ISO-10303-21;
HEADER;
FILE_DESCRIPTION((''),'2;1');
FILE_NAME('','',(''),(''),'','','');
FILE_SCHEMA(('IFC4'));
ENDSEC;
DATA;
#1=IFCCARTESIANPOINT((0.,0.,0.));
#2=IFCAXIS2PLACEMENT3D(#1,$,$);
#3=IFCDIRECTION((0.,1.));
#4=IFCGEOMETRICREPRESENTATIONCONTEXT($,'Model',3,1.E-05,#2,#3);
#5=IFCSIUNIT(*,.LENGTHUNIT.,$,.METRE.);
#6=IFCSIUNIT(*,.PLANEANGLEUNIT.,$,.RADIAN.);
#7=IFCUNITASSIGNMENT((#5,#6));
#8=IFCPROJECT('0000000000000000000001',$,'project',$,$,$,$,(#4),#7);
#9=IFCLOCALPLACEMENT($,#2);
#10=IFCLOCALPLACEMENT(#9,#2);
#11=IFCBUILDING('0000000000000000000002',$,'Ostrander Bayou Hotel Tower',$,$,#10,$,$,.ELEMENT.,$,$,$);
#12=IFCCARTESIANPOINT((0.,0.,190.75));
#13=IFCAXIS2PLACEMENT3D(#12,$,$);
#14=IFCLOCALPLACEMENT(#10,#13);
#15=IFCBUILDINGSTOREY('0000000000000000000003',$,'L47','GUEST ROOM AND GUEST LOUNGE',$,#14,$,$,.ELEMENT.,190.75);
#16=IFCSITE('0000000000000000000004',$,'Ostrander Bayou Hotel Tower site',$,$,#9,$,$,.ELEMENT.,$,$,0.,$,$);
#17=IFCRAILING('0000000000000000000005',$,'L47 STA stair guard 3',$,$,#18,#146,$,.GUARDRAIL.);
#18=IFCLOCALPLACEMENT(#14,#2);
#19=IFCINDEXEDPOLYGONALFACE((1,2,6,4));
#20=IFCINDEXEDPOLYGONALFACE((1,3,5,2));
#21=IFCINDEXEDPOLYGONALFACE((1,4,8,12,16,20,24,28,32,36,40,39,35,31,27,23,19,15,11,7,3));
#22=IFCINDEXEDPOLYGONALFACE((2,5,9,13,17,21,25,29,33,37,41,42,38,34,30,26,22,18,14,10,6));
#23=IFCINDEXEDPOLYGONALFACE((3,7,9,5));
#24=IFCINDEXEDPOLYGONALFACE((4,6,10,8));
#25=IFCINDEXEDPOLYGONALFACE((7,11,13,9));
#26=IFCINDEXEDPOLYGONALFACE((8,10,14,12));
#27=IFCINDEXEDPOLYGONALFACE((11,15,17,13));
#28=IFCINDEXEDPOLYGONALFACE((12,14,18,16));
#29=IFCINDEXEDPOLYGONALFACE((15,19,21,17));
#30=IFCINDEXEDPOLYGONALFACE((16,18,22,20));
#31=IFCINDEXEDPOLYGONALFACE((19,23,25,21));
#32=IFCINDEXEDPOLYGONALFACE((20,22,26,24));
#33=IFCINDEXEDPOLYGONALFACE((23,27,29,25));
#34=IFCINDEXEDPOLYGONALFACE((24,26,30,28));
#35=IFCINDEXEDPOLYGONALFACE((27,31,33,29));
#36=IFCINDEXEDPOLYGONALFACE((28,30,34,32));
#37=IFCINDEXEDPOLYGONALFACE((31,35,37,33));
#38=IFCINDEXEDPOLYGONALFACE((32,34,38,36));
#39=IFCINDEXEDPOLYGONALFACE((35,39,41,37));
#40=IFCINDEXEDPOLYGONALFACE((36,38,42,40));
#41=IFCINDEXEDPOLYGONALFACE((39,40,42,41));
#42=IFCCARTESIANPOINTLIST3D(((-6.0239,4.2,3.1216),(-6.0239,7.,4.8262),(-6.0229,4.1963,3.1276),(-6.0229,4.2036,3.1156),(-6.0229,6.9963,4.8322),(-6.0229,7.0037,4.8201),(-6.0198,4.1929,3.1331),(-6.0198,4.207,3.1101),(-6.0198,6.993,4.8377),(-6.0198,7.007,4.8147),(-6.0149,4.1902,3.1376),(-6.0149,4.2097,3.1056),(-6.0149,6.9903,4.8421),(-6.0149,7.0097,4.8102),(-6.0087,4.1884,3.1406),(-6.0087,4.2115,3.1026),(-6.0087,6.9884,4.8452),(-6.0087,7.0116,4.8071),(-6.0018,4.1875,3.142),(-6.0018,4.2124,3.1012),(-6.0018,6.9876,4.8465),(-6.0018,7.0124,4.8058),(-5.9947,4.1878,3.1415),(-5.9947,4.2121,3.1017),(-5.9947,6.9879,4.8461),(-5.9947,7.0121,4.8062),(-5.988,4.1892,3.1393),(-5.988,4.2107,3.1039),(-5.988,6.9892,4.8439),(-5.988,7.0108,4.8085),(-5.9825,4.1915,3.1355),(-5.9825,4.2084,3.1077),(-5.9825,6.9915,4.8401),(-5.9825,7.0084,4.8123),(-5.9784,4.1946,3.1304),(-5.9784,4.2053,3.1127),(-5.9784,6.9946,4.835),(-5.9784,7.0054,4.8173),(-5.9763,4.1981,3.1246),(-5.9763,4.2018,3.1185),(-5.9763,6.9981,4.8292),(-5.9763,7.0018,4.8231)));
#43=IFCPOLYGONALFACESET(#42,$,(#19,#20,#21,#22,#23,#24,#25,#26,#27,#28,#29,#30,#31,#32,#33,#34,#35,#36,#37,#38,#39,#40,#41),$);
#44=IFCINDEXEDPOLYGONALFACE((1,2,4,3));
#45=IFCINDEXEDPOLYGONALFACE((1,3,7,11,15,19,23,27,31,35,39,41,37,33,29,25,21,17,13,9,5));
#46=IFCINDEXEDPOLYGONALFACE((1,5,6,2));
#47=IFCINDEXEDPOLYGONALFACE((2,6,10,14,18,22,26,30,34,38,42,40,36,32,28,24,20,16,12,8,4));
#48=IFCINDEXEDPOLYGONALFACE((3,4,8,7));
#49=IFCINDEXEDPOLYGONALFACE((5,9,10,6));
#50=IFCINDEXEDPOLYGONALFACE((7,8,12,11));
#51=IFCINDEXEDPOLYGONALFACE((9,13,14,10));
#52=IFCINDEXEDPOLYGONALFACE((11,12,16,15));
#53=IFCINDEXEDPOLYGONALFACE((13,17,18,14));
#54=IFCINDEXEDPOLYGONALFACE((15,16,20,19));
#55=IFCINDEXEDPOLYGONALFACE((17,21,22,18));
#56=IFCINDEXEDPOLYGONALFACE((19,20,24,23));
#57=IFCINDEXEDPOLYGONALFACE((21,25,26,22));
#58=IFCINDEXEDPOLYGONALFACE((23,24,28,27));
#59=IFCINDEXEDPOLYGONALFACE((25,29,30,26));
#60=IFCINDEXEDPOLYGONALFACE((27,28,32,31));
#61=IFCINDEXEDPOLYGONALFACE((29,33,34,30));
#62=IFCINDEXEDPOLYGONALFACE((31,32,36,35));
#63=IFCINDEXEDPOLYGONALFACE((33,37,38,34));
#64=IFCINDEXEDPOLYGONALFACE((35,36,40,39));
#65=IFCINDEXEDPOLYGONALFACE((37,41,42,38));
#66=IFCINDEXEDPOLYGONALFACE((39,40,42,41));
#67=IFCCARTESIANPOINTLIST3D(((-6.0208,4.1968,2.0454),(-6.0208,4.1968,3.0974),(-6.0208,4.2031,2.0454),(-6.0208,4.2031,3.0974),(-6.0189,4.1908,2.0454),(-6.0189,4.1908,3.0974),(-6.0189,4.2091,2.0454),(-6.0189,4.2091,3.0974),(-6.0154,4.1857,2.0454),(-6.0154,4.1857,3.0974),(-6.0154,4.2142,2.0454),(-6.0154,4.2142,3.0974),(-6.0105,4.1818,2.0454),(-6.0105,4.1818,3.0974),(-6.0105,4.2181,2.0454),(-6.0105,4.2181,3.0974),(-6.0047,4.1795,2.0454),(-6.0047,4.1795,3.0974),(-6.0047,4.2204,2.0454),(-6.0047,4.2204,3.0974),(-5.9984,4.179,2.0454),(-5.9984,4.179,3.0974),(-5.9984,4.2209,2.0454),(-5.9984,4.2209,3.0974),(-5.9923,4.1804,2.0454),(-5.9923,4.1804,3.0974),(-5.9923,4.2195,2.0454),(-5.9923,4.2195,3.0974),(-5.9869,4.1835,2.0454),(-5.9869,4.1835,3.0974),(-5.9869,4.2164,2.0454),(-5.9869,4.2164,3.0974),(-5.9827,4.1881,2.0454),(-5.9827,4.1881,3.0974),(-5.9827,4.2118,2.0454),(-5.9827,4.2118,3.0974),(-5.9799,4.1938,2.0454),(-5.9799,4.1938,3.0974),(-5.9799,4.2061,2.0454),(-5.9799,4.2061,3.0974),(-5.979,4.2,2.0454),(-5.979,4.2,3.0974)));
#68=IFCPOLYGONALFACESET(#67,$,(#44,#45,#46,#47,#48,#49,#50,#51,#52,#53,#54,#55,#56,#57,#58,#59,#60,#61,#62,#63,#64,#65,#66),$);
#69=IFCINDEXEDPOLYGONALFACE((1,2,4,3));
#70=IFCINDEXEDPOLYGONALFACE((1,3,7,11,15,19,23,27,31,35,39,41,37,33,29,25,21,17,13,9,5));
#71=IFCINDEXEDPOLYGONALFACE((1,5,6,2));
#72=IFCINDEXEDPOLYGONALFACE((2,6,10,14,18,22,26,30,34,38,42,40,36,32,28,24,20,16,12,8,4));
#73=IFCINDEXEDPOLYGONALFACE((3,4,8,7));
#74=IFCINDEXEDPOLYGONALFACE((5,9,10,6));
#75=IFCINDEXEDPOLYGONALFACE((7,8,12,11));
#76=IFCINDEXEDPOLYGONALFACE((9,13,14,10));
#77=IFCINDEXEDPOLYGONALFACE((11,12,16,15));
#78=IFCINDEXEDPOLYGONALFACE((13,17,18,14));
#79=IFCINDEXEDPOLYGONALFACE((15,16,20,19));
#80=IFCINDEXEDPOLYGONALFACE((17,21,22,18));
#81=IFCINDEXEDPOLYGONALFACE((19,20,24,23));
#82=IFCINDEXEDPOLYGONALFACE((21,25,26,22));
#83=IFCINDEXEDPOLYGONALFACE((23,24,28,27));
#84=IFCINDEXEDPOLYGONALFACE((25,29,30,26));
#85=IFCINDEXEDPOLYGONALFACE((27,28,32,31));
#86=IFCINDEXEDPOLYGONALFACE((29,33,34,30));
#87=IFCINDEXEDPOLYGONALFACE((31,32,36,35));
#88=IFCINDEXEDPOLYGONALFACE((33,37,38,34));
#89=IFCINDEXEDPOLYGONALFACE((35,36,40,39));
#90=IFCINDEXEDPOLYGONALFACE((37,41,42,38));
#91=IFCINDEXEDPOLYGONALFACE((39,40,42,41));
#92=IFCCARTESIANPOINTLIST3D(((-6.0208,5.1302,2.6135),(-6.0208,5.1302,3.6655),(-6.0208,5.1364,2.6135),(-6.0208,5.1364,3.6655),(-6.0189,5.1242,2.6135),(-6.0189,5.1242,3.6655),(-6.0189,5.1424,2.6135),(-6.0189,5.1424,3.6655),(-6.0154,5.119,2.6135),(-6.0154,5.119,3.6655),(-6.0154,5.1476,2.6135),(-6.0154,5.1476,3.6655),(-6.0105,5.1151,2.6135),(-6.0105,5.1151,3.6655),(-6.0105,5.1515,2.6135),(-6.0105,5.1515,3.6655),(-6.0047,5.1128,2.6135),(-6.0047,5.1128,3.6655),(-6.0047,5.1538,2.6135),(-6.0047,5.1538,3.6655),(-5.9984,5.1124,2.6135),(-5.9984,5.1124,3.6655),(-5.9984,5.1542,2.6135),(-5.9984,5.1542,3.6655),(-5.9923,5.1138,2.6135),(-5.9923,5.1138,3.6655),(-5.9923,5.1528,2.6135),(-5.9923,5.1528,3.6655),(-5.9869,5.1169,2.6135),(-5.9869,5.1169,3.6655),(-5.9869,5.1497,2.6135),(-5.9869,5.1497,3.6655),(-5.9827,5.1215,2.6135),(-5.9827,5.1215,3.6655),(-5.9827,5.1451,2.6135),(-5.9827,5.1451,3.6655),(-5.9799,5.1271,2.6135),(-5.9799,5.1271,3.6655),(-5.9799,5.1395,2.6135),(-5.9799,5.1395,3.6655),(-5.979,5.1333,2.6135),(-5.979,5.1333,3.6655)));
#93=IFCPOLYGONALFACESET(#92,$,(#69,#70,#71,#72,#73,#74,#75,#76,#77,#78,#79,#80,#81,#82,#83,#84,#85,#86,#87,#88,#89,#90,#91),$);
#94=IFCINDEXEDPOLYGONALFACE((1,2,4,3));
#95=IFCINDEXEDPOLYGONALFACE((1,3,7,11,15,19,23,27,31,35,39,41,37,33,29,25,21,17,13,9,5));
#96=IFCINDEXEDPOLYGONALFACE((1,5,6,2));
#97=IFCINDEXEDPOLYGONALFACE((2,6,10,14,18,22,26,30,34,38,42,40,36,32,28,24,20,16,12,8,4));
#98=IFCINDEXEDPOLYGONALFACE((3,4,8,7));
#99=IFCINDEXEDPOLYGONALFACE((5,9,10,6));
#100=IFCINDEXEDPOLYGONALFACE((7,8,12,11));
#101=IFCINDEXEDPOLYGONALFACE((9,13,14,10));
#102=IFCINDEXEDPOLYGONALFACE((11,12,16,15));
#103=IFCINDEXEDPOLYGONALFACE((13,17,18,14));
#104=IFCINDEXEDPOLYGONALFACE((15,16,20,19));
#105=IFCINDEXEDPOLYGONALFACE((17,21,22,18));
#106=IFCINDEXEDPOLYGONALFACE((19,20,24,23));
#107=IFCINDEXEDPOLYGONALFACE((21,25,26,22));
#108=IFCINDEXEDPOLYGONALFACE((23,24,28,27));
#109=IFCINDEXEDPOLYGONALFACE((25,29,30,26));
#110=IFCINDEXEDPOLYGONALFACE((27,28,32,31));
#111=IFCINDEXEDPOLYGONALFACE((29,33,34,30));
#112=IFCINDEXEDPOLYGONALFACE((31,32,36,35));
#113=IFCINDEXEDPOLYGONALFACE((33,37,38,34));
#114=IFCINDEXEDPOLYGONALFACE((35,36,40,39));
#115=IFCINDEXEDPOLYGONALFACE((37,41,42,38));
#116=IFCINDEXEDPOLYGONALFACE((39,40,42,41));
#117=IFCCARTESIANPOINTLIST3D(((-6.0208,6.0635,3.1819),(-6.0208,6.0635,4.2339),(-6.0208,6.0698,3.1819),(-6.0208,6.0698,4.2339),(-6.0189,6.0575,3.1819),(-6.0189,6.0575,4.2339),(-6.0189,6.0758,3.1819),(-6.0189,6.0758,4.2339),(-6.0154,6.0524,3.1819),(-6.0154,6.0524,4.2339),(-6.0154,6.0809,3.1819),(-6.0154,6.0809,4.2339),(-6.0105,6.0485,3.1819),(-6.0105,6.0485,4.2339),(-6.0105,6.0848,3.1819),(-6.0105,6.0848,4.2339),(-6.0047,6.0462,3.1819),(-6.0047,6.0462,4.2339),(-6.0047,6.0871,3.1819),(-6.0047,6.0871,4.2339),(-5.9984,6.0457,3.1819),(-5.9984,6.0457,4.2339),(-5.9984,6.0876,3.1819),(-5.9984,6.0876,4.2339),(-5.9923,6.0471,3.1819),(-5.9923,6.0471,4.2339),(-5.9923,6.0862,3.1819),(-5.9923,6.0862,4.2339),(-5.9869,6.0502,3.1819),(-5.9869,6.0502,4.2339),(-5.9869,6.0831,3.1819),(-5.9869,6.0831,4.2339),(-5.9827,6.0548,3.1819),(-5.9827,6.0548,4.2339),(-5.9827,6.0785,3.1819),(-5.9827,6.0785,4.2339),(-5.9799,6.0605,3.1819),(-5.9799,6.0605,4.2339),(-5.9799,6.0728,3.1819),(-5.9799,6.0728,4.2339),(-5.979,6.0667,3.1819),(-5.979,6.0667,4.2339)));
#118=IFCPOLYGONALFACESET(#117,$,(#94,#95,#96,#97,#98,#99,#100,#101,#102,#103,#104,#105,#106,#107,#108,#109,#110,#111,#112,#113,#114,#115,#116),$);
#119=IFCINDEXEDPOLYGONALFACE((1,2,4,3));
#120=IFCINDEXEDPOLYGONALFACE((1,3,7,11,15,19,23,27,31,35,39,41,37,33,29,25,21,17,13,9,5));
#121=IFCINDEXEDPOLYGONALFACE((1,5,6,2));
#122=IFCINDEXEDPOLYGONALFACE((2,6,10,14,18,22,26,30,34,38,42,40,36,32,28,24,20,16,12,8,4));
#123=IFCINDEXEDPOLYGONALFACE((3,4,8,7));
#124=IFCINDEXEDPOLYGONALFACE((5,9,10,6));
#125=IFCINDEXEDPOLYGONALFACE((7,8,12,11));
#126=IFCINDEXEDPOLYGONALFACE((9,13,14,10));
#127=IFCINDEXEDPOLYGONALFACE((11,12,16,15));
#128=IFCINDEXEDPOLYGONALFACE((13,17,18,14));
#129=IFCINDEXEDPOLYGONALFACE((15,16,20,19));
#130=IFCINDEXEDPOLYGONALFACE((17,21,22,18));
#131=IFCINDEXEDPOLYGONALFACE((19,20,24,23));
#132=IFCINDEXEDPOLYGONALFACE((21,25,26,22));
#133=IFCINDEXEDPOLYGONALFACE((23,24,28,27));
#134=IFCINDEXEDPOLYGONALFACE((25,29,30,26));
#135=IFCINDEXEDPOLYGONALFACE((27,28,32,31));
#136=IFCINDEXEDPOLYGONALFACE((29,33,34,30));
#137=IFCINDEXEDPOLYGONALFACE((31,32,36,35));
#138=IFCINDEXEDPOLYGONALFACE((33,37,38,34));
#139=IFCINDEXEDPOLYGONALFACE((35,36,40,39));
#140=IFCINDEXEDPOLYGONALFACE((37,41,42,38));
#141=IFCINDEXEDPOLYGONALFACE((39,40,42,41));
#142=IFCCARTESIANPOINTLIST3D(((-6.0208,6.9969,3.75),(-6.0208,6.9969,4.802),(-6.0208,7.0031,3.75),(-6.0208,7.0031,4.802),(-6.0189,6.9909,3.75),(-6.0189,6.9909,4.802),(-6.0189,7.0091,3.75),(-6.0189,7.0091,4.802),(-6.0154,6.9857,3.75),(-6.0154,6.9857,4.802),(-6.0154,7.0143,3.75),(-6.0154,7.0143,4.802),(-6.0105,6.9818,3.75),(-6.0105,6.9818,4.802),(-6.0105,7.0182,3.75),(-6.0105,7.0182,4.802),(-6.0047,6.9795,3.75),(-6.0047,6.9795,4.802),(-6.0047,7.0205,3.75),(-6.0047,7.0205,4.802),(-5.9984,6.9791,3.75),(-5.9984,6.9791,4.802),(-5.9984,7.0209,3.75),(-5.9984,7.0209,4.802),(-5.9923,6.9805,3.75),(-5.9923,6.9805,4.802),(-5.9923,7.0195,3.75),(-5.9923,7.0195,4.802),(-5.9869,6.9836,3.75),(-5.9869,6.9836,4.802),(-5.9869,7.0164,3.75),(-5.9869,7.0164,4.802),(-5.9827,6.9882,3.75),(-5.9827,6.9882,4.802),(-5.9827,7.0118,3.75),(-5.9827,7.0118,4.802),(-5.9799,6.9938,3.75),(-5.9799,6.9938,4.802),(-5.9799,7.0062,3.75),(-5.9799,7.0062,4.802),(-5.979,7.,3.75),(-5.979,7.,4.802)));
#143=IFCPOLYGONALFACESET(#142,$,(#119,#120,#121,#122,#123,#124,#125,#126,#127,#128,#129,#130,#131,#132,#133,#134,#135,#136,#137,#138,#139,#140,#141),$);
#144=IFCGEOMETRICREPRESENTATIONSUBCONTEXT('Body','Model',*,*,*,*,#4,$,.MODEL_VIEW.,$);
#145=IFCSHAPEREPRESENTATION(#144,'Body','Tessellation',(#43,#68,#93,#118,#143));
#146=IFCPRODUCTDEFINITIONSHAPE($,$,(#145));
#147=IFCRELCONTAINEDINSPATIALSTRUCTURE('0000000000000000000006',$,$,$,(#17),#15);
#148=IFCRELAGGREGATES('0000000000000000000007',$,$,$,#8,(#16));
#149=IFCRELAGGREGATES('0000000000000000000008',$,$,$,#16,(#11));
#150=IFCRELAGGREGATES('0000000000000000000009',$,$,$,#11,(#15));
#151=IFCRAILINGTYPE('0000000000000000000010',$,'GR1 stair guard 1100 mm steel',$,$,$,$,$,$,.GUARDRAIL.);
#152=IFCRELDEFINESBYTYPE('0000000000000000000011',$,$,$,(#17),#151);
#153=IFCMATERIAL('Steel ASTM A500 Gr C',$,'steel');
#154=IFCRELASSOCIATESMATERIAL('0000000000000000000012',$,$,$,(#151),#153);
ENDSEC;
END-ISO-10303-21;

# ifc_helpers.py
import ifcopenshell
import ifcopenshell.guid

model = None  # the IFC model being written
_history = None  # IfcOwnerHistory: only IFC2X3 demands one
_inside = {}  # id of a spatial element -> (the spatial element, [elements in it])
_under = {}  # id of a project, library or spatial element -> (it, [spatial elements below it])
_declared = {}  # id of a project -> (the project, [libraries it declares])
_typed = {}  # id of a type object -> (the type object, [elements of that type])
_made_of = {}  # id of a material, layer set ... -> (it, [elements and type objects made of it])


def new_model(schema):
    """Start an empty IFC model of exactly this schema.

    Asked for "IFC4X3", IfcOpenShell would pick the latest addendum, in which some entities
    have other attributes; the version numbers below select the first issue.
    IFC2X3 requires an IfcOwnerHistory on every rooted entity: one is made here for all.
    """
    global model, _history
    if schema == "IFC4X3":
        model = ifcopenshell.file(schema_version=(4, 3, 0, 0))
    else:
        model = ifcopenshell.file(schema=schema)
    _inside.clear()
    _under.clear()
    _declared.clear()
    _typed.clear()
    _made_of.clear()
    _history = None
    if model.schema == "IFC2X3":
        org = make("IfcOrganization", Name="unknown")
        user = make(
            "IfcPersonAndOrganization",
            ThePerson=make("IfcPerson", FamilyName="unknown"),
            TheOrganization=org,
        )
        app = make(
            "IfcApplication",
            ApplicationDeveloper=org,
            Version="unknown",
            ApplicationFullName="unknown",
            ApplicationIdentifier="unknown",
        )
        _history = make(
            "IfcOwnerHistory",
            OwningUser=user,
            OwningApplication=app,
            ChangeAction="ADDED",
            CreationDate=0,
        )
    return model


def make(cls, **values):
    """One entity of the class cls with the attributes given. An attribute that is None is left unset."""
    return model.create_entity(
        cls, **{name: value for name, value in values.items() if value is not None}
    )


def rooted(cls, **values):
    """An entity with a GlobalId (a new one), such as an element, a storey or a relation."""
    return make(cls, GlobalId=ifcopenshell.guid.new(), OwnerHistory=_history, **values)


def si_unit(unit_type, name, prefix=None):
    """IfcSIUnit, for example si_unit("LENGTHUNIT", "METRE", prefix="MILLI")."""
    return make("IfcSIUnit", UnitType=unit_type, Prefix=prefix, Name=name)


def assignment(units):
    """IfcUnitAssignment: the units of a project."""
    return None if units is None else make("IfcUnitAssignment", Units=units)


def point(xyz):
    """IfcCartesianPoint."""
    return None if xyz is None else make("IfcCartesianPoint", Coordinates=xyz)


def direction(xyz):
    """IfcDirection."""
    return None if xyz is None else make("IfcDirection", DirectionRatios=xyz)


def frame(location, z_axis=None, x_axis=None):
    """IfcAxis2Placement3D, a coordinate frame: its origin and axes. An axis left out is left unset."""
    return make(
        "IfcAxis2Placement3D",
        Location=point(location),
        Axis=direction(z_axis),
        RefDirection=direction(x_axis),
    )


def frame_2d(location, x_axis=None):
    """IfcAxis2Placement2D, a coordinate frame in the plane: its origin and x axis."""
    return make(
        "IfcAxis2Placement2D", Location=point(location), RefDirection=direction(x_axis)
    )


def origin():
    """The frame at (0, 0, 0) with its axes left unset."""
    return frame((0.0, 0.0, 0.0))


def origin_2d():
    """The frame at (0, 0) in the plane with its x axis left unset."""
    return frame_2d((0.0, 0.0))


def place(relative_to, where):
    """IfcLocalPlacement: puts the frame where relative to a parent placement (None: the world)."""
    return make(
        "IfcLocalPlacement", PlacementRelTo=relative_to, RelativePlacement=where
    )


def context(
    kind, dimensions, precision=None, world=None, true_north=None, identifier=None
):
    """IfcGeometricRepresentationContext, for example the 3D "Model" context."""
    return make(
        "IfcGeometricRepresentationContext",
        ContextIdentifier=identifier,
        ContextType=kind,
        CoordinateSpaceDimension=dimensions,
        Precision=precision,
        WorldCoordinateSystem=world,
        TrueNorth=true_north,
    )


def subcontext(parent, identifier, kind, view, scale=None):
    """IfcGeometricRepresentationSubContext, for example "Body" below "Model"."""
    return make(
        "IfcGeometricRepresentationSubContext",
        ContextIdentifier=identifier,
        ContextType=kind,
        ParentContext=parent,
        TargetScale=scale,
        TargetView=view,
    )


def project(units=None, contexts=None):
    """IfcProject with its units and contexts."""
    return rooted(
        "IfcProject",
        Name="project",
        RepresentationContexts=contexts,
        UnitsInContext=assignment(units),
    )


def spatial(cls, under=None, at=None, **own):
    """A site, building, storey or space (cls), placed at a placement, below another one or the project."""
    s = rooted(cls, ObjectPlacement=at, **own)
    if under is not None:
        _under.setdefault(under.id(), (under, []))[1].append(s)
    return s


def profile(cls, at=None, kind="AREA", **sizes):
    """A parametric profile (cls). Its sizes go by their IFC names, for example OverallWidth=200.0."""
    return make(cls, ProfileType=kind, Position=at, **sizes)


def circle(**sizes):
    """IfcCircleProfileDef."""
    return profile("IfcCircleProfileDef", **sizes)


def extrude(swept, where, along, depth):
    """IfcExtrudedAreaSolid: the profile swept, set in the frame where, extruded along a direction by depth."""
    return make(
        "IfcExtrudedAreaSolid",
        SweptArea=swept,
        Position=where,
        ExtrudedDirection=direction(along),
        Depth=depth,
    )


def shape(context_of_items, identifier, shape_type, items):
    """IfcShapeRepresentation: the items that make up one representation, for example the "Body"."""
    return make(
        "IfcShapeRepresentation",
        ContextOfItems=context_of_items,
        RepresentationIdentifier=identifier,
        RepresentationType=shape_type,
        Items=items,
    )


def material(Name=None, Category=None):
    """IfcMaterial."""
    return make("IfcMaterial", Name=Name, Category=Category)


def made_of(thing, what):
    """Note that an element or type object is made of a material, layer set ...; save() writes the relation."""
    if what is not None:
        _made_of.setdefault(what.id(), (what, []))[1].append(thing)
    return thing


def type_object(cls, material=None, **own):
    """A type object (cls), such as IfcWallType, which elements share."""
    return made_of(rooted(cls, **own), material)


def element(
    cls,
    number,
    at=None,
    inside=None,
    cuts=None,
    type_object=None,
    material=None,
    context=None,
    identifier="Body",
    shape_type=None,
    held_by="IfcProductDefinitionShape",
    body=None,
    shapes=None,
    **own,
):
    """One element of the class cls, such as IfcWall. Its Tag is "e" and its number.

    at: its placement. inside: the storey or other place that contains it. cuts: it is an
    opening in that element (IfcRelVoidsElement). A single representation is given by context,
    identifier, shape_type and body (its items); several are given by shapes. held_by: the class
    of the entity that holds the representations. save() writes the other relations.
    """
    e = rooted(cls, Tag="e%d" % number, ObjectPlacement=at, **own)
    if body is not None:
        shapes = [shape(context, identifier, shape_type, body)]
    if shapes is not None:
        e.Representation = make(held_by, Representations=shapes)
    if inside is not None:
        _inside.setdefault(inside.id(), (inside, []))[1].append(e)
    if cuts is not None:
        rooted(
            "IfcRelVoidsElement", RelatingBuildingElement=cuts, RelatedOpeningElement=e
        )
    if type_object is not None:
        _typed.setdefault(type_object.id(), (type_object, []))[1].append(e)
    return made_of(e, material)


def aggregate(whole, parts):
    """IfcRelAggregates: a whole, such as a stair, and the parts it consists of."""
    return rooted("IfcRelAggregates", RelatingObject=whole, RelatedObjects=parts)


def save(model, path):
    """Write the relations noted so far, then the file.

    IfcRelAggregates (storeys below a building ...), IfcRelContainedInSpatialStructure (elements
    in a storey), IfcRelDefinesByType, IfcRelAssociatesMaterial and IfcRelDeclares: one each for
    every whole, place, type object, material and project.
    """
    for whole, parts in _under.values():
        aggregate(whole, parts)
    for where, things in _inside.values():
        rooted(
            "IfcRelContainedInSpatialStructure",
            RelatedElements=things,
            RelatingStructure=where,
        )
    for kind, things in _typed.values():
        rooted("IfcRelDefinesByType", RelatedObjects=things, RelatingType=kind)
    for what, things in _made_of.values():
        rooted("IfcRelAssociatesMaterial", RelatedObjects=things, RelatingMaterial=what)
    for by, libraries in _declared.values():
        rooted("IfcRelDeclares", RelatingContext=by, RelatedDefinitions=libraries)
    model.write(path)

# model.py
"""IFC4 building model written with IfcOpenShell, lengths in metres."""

from ifc_helpers import new_model, si_unit, direction, frame, origin, origin_2d, place, context, subcontext, project, spatial, circle, extrude, material, type_object, element, save


model = new_model("IFC4")

# Units and contexts
model_context = context("Model", 3, precision=1e-05, world=origin(), true_north=direction((0.0, 1.0)))
body_context = subcontext(model_context, "Body", "Model", "MODEL_VIEW")
ifc_project = project(units=[si_unit("LENGTHUNIT", "METRE"), si_unit("PLANEANGLEUNIT", "RADIAN")], contexts=[model_context])

# Site, building, storey
site_placement = place(None, origin())
site = spatial("IfcSite", under=ifc_project, at=site_placement, Name="Ostrander Bayou Hotel Tower site", CompositionType="ELEMENT", RefElevation=0.0)
building_placement = place(site_placement, origin())
building = spatial("IfcBuilding", under=site, at=building_placement, Name="Ostrander Bayou Hotel Tower", CompositionType="ELEMENT")
storey_placement = place(building_placement, frame((0.0, 0.0, 190.75)))
storey = spatial("IfcBuildingStorey", under=building, at=storey_placement, Name="L47", Description="GUEST ROOM AND GUEST LOUNGE", CompositionType="ELEMENT", Elevation=190.75)

# Railing
ifc_material_1 = material(Name="Steel ASTM A500 Gr C", Category="steel")
railing_type_1 = type_object("IfcRailingType", Name="GR1 stair guard 1100 mm steel", PredefinedType="GUARDRAIL", material=ifc_material_1)
railing_1_placement = place(storey_placement, frame((-6.0, 4.2, 2.0454)))
element("IfcRailing", 1, at=railing_1_placement, inside=storey, type_object=railing_type_1, Name="L47 STA stair guard 3", PredefinedType="GUARDRAIL", context=body_context, shape_type="SweptSolid", body=[
    extrude(circle(Radius=0.0239, at=origin_2d()), frame((0.0, 0.0, 1.0762), z_axis=(0.0, 0.85417, 0.519994), x_axis=(-1.0, 0.0, 0.0)), (0.0, 0.0, 1.0), 3.2781),
    extrude(circle(Radius=0.021, at=origin_2d()), origin(), (0.0, 0.0, 1.0), 1.052),
    extrude(circle(Radius=0.021, at=origin_2d()), frame((0.0, 0.9333, 0.5681)), (0.0, 0.0, 1.0), 1.052),
    extrude(circle(Radius=0.021, at=origin_2d()), frame((0.0, 1.8667, 1.1365)), (0.0, 0.0, 1.0), 1.052),
    extrude(circle(Radius=0.021, at=origin_2d()), frame((0.0, 2.8, 1.7046)), (0.0, 0.0, 1.0), 1.052),
])

save(model, "model.ifc")
